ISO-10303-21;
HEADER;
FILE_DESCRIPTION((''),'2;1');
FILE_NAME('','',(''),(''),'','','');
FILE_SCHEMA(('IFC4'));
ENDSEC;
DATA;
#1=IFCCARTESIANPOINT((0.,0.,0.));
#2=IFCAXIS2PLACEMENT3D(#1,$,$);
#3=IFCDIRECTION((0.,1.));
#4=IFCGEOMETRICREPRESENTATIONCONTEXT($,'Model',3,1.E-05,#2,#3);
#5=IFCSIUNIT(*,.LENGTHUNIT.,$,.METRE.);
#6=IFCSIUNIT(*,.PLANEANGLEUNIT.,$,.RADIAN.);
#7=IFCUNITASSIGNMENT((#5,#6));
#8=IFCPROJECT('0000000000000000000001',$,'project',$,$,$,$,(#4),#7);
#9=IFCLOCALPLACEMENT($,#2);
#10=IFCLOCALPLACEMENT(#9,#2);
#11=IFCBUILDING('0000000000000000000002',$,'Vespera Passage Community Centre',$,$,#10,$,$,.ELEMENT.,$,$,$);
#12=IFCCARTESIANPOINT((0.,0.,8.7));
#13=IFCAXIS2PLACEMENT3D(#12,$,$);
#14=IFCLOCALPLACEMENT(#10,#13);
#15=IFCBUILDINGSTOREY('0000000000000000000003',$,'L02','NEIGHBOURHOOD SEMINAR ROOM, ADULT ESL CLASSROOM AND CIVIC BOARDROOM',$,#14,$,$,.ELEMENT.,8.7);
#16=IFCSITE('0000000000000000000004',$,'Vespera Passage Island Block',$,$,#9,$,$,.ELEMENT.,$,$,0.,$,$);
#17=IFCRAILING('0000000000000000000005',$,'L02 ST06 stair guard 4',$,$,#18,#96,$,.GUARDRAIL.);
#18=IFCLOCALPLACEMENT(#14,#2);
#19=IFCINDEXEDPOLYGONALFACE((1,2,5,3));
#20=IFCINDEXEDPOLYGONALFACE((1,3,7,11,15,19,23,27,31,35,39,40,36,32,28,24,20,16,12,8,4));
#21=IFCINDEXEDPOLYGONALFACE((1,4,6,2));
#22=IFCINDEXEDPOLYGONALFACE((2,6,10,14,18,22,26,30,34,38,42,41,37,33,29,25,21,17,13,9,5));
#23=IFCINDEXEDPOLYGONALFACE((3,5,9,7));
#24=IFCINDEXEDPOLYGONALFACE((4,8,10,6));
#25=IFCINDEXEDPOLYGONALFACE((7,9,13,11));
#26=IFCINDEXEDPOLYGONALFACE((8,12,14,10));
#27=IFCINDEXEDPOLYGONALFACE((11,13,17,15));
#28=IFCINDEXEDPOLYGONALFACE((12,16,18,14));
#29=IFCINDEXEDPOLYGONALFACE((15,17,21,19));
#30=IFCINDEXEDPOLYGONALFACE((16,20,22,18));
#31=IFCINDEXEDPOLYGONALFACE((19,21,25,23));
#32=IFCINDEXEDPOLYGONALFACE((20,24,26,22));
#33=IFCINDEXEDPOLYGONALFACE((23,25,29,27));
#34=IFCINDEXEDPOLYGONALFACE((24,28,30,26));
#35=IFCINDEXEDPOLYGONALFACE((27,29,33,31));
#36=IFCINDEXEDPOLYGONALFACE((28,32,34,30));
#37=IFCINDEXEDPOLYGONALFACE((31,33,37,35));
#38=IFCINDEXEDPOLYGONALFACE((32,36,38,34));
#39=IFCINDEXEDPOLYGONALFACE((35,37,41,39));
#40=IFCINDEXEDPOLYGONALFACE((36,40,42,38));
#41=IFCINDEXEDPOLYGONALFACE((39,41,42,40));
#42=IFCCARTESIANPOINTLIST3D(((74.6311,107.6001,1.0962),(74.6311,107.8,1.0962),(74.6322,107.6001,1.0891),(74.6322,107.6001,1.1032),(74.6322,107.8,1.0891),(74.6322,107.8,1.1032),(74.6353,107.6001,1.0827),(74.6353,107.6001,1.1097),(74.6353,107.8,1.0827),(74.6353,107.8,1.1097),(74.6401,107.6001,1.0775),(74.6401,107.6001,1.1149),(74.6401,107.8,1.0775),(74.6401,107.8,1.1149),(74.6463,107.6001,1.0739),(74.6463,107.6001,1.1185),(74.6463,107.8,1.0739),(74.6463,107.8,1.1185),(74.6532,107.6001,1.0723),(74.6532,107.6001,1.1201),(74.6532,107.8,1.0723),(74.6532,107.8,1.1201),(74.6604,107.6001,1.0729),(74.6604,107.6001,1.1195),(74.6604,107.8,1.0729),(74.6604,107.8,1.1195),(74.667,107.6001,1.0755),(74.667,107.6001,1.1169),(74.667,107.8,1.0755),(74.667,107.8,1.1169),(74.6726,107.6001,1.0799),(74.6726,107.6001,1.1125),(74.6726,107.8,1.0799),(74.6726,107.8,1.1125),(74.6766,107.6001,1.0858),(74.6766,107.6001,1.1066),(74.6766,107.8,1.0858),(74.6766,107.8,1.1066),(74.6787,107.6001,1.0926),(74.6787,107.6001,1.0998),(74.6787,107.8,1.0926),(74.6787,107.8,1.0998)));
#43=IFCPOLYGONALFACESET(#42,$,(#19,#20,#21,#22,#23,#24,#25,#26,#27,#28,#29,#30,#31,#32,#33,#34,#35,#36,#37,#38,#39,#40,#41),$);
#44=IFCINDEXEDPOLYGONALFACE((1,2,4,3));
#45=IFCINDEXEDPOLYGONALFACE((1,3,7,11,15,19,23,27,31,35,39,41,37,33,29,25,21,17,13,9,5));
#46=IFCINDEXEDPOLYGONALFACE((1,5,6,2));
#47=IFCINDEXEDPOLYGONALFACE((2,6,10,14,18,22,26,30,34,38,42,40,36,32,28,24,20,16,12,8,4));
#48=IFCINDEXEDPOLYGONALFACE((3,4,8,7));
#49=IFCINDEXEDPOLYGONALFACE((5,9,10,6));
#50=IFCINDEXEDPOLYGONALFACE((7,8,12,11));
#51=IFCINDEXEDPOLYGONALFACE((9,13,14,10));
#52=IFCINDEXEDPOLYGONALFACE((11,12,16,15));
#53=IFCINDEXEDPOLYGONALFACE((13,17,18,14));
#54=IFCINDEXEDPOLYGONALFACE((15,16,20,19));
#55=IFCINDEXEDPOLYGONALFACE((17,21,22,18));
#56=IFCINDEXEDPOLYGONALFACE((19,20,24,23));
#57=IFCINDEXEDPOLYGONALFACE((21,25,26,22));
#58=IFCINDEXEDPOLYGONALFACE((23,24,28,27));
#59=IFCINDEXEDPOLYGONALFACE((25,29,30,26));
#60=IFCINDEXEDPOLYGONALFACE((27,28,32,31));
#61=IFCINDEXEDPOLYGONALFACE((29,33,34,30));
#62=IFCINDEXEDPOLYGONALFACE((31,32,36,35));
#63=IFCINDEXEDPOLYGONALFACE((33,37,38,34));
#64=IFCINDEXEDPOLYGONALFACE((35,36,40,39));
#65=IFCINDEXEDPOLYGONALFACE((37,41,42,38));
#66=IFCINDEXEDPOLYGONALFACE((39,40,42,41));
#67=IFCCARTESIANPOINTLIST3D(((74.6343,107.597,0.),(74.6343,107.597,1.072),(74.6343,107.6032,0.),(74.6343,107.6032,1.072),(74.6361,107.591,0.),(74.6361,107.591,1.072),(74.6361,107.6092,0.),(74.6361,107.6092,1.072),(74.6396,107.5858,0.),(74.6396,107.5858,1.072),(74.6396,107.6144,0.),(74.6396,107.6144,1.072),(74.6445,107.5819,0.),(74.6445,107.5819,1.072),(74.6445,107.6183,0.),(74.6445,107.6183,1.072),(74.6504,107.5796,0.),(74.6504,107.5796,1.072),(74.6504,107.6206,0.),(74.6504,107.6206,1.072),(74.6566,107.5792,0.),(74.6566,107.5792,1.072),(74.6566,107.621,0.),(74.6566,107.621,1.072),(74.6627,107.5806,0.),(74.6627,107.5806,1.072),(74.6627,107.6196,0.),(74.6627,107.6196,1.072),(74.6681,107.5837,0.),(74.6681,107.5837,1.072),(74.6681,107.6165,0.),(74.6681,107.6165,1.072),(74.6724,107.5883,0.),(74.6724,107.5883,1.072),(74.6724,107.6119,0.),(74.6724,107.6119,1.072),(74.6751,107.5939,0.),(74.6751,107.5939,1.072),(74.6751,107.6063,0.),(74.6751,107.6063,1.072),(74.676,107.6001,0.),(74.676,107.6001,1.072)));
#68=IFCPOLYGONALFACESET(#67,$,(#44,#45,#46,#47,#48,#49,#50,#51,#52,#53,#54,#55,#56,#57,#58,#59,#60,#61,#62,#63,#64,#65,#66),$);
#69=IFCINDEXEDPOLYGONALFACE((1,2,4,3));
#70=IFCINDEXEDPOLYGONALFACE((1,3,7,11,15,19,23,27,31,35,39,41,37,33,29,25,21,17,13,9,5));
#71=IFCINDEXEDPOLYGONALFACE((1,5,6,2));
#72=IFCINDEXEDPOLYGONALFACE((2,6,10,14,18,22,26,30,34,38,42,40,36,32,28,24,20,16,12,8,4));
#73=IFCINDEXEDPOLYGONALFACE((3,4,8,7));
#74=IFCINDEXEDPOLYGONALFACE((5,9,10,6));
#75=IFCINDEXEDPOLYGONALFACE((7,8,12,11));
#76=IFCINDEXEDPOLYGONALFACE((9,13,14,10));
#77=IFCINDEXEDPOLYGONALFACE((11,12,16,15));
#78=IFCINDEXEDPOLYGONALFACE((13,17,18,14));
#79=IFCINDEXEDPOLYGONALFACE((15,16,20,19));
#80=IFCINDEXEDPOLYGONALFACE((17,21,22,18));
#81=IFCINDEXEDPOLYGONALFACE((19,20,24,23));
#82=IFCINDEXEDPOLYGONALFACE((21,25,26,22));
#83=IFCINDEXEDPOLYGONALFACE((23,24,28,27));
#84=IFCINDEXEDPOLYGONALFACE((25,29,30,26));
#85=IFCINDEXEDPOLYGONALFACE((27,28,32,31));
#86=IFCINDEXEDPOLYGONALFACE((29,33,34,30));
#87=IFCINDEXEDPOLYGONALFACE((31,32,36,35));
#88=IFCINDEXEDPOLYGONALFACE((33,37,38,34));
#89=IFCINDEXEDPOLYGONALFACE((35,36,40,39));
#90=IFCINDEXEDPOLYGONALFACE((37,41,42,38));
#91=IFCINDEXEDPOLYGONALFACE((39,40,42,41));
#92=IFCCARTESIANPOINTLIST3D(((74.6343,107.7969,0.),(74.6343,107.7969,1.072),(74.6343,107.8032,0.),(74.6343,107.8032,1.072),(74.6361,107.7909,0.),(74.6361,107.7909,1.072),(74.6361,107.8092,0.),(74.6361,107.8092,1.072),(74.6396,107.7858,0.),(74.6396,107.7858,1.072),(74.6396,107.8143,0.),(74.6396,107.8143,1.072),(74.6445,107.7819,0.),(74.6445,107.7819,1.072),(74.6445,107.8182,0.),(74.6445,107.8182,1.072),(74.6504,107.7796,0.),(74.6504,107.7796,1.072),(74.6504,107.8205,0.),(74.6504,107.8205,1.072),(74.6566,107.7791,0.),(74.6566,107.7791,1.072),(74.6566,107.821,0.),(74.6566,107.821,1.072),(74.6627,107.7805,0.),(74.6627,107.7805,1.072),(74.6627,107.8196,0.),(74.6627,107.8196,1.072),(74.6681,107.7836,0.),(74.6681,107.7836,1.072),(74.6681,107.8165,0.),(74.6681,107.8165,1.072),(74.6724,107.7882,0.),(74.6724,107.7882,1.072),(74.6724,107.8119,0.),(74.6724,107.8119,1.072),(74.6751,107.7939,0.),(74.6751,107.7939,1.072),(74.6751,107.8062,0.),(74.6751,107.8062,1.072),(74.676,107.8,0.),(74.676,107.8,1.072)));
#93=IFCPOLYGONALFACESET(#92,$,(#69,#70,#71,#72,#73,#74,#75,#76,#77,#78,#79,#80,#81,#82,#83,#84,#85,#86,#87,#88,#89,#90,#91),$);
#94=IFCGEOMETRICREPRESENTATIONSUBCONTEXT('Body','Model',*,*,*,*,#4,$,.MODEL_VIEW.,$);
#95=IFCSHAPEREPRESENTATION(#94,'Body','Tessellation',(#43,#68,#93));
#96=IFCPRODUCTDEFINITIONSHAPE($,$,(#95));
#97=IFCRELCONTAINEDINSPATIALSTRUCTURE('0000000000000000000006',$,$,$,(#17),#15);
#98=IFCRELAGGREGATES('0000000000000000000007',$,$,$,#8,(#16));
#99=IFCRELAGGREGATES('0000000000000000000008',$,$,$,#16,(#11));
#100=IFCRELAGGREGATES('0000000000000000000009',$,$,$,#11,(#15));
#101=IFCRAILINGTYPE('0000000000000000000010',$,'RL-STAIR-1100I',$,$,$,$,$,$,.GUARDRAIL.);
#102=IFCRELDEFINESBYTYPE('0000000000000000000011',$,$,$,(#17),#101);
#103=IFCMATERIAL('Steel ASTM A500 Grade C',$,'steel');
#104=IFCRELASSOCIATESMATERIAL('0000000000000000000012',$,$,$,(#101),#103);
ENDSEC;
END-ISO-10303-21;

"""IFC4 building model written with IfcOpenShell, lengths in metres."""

from ifc_helpers import new_model, si_unit, direction, frame, origin, origin_2d, place, context, subcontext, project, spatial, circle, extrude, material, type_object, element, save


model = new_model("IFC4")

# Units and contexts
model_context = context("Model", 3, precision=1e-05, world=origin(), true_north=direction((0.0, 1.0)))
body_context = subcontext(model_context, "Body", "Model", "MODEL_VIEW")
ifc_project = project(units=[si_unit("LENGTHUNIT", "METRE"), si_unit("PLANEANGLEUNIT", "RADIAN")], contexts=[model_context])

# Site, building, storey
site_placement = place(None, origin())
site = spatial("IfcSite", under=ifc_project, at=site_placement, Name="Vespera Passage Island Block", CompositionType="ELEMENT", RefElevation=0.0)
building_placement = place(site_placement, origin())
building = spatial("IfcBuilding", under=site, at=building_placement, Name="Vespera Passage Community Centre", CompositionType="ELEMENT")
storey_placement = place(building_placement, frame((0.0, 0.0, 8.7)))
storey = spatial("IfcBuildingStorey", under=building, at=storey_placement, Name="L02", Description="NEIGHBOURHOOD SEMINAR ROOM, ADULT ESL CLASSROOM AND CIVIC BOARDROOM", CompositionType="ELEMENT", Elevation=8.7)

# Railing
ifc_material_1 = material(Name="Steel ASTM A500 Grade C", Category="steel")
railing_type_1 = type_object("IfcRailingType", Name="RL-STAIR-1100I", PredefinedType="GUARDRAIL", material=ifc_material_1)
railing_1_placement = place(storey_placement, frame((74.655, 107.6001, 0.0)))
element("IfcRailing", 1, at=railing_1_placement, inside=storey, type_object=railing_type_1, Name="L02 ST06 stair guard 4", PredefinedType="GUARDRAIL", context=body_context, shape_type="SweptSolid", body=[
    extrude(circle(Radius=0.0239, at=origin_2d()), frame((0.0, 0.0, 1.0962), z_axis=(0.0, 1.0, 0.0), x_axis=(-1.0, 0.0, 0.0)), (0.0, 0.0, 1.0), 0.2),
    extrude(circle(Radius=0.021, at=origin_2d()), origin(), (0.0, 0.0, 1.0), 1.072),
    extrude(circle(Radius=0.021, at=origin_2d()), frame((0.0, 0.2, 0.0)), (0.0, 0.0, 1.0), 1.072),
])

save(model, "model.ifc")
